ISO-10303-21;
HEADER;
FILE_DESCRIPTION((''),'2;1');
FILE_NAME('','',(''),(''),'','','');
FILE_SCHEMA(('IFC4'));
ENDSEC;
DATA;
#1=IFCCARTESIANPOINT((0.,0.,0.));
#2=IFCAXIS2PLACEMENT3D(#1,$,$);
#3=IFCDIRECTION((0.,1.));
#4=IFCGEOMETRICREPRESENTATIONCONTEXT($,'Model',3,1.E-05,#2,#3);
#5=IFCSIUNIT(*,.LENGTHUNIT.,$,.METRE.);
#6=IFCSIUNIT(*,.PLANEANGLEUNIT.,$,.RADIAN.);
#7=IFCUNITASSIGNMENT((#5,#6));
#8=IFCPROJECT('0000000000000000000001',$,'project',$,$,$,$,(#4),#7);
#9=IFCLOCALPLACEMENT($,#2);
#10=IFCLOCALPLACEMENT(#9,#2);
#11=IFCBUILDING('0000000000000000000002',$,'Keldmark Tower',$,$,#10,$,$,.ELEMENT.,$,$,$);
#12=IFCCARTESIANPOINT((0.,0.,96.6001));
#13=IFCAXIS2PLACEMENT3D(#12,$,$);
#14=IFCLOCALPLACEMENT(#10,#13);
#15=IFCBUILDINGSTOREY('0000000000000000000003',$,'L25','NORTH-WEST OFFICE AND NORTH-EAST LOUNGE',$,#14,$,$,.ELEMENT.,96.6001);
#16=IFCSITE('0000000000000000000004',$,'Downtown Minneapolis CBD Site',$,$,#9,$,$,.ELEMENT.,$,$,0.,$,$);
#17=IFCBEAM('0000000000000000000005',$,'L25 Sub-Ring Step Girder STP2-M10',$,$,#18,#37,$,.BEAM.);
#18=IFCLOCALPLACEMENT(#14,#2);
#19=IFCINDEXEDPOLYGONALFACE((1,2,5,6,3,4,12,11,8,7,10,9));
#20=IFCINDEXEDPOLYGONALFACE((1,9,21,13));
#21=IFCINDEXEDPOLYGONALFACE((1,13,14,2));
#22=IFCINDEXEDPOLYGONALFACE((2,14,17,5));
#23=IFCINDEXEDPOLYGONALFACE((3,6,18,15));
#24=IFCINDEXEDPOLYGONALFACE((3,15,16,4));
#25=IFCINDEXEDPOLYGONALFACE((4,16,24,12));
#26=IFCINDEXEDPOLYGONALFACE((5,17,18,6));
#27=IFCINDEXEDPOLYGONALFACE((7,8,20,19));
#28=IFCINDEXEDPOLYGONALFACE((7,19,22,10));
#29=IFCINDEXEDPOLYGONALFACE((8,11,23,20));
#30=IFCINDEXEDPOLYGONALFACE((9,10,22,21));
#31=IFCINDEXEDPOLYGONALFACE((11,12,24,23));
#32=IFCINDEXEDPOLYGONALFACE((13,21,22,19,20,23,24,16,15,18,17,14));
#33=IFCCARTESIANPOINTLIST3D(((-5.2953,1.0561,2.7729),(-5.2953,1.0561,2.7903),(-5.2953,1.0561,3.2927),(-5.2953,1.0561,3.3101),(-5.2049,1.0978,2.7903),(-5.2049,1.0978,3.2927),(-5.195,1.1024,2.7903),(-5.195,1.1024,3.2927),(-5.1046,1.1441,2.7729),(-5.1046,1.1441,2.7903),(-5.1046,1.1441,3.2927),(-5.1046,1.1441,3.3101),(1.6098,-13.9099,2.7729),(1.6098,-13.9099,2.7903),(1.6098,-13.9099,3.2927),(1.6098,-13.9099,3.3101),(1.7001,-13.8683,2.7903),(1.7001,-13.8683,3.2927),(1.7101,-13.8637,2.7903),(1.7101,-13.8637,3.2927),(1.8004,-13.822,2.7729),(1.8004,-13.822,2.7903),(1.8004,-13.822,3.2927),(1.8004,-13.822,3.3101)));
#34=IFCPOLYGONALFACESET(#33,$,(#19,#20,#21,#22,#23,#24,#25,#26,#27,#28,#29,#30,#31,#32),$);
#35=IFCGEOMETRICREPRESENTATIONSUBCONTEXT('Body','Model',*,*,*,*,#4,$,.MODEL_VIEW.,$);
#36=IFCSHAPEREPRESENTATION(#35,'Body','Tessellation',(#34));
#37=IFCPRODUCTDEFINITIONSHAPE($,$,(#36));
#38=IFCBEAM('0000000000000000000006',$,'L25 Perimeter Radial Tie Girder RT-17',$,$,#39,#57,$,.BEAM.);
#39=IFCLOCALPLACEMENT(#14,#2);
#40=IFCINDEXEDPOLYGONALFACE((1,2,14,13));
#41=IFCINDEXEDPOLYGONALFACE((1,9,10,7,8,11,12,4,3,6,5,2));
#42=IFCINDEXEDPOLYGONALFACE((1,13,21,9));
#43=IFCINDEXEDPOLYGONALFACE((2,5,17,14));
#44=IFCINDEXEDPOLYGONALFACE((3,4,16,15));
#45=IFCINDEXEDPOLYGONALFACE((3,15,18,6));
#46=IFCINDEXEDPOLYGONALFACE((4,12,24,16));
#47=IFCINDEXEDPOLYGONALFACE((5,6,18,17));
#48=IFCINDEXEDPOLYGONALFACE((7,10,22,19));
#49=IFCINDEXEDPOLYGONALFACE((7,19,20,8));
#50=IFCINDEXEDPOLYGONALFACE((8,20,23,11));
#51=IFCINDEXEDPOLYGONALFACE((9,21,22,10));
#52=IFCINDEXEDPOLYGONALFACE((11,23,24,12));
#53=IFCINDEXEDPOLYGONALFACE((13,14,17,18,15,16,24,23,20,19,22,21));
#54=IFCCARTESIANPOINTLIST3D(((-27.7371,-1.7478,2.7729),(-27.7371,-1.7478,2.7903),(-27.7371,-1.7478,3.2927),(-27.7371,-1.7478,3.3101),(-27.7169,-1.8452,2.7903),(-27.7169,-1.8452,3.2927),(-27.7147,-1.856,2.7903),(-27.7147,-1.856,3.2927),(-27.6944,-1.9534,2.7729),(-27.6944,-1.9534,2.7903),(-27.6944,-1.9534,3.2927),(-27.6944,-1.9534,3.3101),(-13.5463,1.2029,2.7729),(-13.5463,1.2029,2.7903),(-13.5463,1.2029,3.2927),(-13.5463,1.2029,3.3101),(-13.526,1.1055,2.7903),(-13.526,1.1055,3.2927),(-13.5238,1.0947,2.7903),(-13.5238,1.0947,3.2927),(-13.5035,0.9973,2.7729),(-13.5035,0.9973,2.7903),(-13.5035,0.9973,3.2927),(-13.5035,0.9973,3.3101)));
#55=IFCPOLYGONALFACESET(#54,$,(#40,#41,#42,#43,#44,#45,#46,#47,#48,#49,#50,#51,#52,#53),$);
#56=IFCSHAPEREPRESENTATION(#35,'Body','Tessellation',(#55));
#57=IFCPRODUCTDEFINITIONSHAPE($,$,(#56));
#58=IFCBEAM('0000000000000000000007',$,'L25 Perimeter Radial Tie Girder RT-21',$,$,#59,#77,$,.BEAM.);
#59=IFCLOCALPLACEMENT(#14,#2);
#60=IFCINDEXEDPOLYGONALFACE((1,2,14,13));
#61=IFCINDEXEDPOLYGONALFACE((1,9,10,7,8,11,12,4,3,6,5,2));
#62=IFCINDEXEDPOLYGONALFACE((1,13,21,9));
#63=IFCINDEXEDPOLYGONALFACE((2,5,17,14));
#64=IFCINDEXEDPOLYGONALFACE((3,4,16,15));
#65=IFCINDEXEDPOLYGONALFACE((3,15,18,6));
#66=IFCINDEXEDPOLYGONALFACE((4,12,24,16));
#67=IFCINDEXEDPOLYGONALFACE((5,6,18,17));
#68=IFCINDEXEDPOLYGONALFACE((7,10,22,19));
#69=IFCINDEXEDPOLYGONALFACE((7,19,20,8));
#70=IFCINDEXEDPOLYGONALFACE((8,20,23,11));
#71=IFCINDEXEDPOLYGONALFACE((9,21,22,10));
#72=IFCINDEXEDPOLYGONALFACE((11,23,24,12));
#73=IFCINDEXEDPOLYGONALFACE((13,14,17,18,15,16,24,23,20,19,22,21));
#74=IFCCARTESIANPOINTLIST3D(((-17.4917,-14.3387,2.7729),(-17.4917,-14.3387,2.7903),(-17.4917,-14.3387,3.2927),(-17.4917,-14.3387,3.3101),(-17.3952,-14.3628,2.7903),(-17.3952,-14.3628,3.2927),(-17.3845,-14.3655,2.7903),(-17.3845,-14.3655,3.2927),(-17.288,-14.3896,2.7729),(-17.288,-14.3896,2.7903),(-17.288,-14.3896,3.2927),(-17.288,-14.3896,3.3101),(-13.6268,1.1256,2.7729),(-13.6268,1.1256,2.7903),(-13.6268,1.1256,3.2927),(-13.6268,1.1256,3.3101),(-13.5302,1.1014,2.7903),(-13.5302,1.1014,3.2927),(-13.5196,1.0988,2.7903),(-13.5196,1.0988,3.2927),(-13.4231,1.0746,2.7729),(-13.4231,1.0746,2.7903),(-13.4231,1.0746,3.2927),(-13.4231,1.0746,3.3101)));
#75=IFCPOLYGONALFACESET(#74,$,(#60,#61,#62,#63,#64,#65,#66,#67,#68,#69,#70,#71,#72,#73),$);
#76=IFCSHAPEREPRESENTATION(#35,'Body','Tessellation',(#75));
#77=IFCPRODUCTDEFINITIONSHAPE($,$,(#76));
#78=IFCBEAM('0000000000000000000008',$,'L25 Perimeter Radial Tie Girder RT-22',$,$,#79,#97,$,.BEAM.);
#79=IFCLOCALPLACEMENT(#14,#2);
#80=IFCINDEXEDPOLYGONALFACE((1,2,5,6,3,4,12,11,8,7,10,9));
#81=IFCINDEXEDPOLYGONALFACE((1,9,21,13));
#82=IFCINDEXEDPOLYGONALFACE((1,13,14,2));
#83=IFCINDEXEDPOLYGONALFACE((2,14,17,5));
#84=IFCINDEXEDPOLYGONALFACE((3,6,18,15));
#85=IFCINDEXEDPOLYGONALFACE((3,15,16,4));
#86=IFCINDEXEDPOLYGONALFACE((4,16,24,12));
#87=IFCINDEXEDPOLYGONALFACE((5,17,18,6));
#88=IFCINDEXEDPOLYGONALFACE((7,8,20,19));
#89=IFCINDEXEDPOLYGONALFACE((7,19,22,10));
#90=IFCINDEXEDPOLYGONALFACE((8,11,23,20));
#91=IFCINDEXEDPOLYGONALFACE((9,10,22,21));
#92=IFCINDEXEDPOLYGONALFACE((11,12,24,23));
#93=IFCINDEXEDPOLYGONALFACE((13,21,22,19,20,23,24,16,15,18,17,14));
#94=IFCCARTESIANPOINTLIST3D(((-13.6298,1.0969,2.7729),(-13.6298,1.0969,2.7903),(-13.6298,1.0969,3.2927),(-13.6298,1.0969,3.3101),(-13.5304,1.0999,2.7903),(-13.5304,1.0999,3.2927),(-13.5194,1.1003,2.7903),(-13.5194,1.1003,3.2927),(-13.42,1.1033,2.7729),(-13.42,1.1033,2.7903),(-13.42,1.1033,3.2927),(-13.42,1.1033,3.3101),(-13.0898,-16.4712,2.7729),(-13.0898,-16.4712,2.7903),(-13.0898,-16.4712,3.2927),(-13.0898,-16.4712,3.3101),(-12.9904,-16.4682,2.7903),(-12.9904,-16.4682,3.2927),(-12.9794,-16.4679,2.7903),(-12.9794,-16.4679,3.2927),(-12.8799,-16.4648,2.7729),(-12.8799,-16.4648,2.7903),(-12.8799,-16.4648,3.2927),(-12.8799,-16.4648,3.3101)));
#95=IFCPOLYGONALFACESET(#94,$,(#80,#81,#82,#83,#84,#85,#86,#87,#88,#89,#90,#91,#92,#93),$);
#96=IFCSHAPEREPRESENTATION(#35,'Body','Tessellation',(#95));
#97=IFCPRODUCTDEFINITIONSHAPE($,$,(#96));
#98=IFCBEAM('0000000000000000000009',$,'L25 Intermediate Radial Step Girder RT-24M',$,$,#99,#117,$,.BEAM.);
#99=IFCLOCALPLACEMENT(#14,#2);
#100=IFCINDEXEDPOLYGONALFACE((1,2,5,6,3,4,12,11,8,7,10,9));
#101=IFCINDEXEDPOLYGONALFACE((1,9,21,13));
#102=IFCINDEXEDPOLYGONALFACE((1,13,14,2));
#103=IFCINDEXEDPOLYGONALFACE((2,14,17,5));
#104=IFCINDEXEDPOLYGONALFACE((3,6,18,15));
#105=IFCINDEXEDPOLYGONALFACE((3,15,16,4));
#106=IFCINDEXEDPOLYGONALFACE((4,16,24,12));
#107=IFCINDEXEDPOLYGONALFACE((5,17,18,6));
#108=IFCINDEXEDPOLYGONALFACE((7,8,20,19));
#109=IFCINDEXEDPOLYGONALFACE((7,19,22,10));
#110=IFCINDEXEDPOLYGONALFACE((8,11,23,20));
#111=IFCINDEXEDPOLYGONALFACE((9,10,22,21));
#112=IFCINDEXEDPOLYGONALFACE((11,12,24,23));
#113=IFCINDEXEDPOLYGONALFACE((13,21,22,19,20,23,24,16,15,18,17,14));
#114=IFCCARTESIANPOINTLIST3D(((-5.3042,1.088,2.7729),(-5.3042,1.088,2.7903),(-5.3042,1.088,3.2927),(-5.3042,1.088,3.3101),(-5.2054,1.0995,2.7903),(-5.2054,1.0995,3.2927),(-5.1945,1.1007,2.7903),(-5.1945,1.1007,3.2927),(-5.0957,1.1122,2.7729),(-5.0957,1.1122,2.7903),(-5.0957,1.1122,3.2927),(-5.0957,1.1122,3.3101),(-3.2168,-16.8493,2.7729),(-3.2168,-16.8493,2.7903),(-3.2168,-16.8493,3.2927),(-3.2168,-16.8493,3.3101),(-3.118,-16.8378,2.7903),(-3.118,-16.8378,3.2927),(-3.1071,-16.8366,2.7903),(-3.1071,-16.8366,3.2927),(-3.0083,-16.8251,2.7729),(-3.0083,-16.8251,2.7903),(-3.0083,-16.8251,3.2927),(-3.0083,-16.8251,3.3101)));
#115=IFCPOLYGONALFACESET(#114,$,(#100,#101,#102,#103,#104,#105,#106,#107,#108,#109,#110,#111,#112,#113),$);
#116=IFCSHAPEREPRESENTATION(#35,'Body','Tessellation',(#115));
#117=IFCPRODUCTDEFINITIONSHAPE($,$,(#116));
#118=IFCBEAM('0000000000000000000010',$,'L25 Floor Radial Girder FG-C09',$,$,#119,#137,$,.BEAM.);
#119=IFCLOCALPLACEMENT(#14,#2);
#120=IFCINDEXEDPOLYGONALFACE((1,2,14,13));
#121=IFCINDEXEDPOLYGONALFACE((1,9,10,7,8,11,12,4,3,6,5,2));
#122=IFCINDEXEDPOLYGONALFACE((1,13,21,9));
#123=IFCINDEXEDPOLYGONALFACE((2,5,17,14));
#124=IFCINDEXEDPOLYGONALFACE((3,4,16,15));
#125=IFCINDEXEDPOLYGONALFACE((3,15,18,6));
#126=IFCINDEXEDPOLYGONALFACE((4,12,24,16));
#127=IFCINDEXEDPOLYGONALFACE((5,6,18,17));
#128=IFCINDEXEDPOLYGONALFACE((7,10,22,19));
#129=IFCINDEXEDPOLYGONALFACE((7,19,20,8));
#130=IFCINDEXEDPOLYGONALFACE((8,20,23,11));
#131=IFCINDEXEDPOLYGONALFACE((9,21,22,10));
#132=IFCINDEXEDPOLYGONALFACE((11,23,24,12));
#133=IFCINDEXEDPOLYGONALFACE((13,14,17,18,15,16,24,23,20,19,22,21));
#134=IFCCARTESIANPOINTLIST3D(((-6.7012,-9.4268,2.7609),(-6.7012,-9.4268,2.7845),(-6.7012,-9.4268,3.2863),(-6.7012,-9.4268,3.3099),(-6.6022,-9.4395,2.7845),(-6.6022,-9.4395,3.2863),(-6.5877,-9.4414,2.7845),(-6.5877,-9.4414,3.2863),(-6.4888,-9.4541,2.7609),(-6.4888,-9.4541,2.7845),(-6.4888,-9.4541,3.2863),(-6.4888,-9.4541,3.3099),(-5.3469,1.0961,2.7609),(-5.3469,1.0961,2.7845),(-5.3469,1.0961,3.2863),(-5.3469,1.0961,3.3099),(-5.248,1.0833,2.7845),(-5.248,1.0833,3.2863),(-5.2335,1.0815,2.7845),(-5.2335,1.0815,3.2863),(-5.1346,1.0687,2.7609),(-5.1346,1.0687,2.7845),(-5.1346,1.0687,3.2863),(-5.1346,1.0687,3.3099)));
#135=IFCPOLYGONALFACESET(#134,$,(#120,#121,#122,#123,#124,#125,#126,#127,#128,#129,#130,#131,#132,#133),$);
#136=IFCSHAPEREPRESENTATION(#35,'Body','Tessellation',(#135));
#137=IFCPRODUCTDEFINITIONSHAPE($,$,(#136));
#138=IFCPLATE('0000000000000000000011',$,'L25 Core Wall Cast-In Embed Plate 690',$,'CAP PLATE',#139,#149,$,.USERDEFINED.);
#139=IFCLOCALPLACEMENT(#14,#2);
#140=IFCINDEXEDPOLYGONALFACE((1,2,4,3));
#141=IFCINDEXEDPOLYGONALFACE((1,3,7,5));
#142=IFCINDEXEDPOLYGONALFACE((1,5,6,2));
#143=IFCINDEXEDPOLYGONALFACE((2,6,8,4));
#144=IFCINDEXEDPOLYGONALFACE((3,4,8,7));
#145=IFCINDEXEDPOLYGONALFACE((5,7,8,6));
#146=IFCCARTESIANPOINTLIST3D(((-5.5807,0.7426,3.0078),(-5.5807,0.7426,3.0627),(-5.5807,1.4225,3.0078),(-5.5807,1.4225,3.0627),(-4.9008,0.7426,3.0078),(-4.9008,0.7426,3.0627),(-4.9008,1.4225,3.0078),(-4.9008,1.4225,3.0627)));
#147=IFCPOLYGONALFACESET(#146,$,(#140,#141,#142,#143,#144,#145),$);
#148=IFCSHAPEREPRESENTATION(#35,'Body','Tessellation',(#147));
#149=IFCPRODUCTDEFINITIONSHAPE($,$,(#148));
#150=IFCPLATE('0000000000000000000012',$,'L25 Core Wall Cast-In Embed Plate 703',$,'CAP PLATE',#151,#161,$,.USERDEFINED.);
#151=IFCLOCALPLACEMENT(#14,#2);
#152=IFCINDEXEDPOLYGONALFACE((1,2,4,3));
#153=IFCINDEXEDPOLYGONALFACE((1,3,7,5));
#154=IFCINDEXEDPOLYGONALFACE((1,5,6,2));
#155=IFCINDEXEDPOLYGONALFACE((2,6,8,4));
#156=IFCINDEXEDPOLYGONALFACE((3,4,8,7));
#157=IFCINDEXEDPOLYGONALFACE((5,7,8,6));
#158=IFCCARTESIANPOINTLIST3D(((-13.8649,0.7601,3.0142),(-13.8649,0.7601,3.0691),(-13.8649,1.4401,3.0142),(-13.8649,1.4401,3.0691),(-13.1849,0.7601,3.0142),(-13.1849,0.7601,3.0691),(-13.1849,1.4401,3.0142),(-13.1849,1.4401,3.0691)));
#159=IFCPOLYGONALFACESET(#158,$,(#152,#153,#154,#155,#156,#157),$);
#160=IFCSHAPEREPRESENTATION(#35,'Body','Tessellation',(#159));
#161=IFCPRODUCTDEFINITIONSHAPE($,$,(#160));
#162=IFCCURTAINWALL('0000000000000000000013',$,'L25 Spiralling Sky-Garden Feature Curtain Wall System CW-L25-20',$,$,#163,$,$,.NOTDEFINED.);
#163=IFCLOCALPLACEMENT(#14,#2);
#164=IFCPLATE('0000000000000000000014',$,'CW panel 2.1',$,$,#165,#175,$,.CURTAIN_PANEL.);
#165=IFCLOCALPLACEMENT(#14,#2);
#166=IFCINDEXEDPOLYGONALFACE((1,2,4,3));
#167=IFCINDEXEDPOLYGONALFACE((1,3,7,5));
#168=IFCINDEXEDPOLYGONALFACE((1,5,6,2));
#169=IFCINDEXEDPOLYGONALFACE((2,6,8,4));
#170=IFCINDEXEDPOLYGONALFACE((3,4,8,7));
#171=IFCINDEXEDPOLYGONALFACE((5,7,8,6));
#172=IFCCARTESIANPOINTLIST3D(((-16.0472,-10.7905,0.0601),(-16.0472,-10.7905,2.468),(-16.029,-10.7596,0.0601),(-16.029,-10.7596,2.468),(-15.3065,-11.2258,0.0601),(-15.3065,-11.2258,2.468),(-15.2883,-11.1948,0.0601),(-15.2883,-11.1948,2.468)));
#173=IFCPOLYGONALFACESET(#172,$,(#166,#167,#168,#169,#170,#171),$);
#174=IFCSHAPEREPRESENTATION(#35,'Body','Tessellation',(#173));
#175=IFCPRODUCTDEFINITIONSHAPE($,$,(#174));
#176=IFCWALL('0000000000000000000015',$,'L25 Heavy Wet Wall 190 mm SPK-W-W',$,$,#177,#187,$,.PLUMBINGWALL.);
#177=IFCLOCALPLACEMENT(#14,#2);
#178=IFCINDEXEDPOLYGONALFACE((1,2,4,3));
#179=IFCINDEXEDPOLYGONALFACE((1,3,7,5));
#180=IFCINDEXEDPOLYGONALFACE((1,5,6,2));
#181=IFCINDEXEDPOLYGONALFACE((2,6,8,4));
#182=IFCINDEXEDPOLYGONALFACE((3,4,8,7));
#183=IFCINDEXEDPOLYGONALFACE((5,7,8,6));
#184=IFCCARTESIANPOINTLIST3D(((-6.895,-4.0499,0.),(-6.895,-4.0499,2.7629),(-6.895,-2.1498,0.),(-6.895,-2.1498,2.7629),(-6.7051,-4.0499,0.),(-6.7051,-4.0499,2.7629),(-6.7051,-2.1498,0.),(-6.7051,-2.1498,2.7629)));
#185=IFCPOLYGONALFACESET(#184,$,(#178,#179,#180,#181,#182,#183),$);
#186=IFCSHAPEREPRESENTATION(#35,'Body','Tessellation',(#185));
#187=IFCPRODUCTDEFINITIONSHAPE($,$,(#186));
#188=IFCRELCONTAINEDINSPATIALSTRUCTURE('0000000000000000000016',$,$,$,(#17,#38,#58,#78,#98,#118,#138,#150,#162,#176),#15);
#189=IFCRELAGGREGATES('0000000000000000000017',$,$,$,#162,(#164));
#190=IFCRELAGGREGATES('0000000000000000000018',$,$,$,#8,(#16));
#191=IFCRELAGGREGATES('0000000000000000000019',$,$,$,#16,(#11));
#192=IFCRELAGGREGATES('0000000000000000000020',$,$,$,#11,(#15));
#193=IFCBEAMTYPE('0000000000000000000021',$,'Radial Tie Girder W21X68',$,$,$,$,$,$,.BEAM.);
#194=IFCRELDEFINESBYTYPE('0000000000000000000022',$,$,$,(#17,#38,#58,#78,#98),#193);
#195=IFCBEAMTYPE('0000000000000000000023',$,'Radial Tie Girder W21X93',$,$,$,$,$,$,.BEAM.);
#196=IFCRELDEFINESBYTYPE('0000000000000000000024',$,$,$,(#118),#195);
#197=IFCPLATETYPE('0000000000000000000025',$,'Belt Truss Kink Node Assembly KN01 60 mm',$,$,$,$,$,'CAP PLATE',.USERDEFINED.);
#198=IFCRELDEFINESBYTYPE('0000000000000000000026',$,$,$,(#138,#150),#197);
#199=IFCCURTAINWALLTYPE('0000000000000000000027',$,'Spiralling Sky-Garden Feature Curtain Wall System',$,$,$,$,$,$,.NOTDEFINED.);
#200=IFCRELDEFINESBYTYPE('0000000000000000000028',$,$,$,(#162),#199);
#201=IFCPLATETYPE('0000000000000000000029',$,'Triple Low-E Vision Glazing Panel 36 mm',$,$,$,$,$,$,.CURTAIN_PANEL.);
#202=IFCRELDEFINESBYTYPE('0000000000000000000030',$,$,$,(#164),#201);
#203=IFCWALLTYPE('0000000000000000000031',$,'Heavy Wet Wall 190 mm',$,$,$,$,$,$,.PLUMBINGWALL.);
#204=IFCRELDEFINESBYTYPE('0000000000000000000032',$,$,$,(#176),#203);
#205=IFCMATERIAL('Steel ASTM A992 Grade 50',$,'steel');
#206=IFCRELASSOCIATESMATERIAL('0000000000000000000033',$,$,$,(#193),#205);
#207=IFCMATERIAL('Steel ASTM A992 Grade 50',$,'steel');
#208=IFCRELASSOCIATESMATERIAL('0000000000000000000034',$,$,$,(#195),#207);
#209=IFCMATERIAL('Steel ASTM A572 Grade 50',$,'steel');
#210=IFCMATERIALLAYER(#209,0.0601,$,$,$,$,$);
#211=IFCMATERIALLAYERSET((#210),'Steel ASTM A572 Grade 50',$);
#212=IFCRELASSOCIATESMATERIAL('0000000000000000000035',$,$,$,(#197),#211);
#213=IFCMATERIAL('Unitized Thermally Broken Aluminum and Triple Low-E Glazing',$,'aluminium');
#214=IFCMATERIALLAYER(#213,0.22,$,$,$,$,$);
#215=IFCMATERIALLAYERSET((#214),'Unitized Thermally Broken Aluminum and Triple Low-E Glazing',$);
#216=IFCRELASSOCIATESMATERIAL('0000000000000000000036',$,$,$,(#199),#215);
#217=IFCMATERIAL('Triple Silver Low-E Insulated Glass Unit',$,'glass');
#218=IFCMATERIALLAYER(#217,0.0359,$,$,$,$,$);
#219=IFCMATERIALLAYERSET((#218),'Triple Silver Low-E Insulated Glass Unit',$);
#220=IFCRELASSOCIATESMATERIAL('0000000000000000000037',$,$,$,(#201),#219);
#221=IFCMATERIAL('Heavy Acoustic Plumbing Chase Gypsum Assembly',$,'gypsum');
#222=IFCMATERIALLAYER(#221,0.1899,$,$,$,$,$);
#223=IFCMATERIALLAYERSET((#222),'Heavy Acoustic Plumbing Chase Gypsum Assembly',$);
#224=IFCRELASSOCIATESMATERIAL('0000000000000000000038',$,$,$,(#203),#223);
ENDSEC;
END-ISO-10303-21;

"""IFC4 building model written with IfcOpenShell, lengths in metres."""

from ifc_helpers import new_model, si_unit, direction, frame, frame_2d, origin, origin_2d, place, context, subcontext, project, spatial, rectangle, i_section, extrude, material, layer, layer_set, material_profile, profile_set, type_object, element, aggregate, save


model = new_model("IFC4")

# Units and contexts
model_context = context("Model", 3, precision=1e-05, world=origin(), true_north=direction((0.0, 1.0)))
body_context = subcontext(model_context, "Body", "Model", "MODEL_VIEW")
ifc_project = project(units=[si_unit("LENGTHUNIT", "METRE"), si_unit("PLANEANGLEUNIT", "RADIAN")], contexts=[model_context])

# Site, building, storey
site_placement = place(None, origin())
site = spatial("IfcSite", under=ifc_project, at=site_placement, Name="Downtown Minneapolis CBD Site", CompositionType="ELEMENT", RefElevation=0.0)
building_placement = place(site_placement, origin())
building = spatial("IfcBuilding", under=site, at=building_placement, Name="Keldmark Tower", CompositionType="ELEMENT")
storey_placement = place(building_placement, frame((0.0, 0.0, 96.6001)))
storey = spatial("IfcBuildingStorey", under=building, at=storey_placement, Name="L25", Description="NORTH-WEST OFFICE AND NORTH-EAST LOUNGE", CompositionType="ELEMENT", Elevation=96.6001)

# Beams
ifc_material_1 = material(Name="Steel ASTM A992 Grade 50", Category="steel")
ifc_material_profile_1 = material_profile(ifc_material_1, i_section(OverallWidth=0.21, OverallDepth=0.5371, WebThickness=0.011, FlangeThickness=0.0173, at=origin_2d()), Name="W21X68")
ifc_profile_set_1 = profile_set([ifc_material_profile_1], Name="Steel ASTM A992 Grade 50")
beam_type_1 = type_object("IfcBeamType", Name="Radial Tie Girder W21X68", PredefinedType="BEAM", material=ifc_profile_set_1)
beam_1_placement = place(storey_placement, frame((-5.2, 1.1001, 3.0415), z_axis=(0.418939, -0.908014, 0.0), x_axis=(0.908014, 0.418939, 0.0)))
element("IfcBeam", 1, at=beam_1_placement, inside=storey, type_object=beam_type_1, Name="L25 Sub-Ring Step Girder STP2-M10", PredefinedType="BEAM", context=body_context, shape_type="SweptSolid", body=[
    extrude(i_section(OverallWidth=0.21, OverallDepth=0.5371, WebThickness=0.011, FlangeThickness=0.0173, at=origin_2d()), origin(), (0.0, 0.0, 1.0), 16.4822),
])
beam_2_placement = place(storey_placement, frame((-13.5249, 1.1001, 3.0415), z_axis=(-0.97906, -0.203574, 0.0), x_axis=(0.203574, -0.97906, 0.0)))
element("IfcBeam", 2, at=beam_2_placement, inside=storey, type_object=beam_type_1, Name="L25 Perimeter Radial Tie Girder RT-17", PredefinedType="BEAM", context=body_context, shape_type="SweptSolid", body=[
    extrude(i_section(OverallWidth=0.21, OverallDepth=0.5371, WebThickness=0.011, FlangeThickness=0.0173, at=origin_2d()), origin(), (0.0, 0.0, 1.0), 14.4944),
])
beam_3_placement = place(storey_placement, frame((-13.5249, 1.1001, 3.0415), z_axis=(-0.242471, -0.970159, 0.0), x_axis=(0.970159, -0.242471, 0.0)))
element("IfcBeam", 3, at=beam_3_placement, inside=storey, type_object=beam_type_1, Name="L25 Perimeter Radial Tie Girder RT-21", PredefinedType="BEAM", context=body_context, shape_type="SweptSolid", body=[
    extrude(i_section(OverallWidth=0.21, OverallDepth=0.5371, WebThickness=0.011, FlangeThickness=0.0173, at=origin_2d()), origin(), (0.0, 0.0, 1.0), 15.9399),
])
beam_4_placement = place(storey_placement, frame((-13.5249, 1.1001, 3.0415), z_axis=(0.030725, -0.999528, 0.0), x_axis=(0.999528, 0.030725, 0.0)))
element("IfcBeam", 4, at=beam_4_placement, inside=storey, type_object=beam_type_1, Name="L25 Perimeter Radial Tie Girder RT-22", PredefinedType="BEAM", context=body_context, shape_type="SweptSolid", body=[
    extrude(i_section(OverallWidth=0.21, OverallDepth=0.5371, WebThickness=0.011, FlangeThickness=0.0173, at=origin_2d()), origin(), (0.0, 0.0, 1.0), 17.5764),
])
beam_5_placement = place(storey_placement, frame((-5.2, 1.1001, 3.0415), z_axis=(0.115592, -0.993297, 0.0), x_axis=(0.993297, 0.115592, 0.0)))
element("IfcBeam", 5, at=beam_5_placement, inside=storey, type_object=beam_type_1, Name="L25 Intermediate Radial Step Girder RT-24M", PredefinedType="BEAM", context=body_context, shape_type="SweptSolid", body=[
    extrude(i_section(OverallWidth=0.21, OverallDepth=0.5371, WebThickness=0.011, FlangeThickness=0.0173, at=origin_2d()), origin(), (0.0, 0.0, 1.0), 18.0583),
])
ifc_material_2 = material(Name="Steel ASTM A992 Grade 50", Category="steel")
ifc_material_profile_2 = material_profile(ifc_material_2, i_section(OverallWidth=0.2141, OverallDepth=0.5491, WebThickness=0.0146, FlangeThickness=0.0237, at=origin_2d()), Name="W21X93")
ifc_profile_set_2 = profile_set([ifc_material_profile_2], Name="Steel ASTM A992 Grade 50")
beam_type_2 = type_object("IfcBeamType", Name="Radial Tie Girder W21X93", PredefinedType="BEAM", material=ifc_profile_set_2)
beam_6_placement = place(storey_placement, frame((-6.595, -9.4404, 3.0354), z_axis=(0.127642, 0.99182, 0.0), x_axis=(-0.99182, 0.127642, 0.0)))
element("IfcBeam", 6, at=beam_6_placement, inside=storey, type_object=beam_type_2, Name="L25 Floor Radial Girder FG-C09", PredefinedType="BEAM", context=body_context, shape_type="SweptSolid", body=[
    extrude(i_section(OverallWidth=0.2141, OverallDepth=0.5491, WebThickness=0.0146, FlangeThickness=0.0237, at=origin_2d()), origin(), (0.0, 0.0, 1.0), 10.6096),
])

# Plates
ifc_material_3 = material(Name="Steel ASTM A572 Grade 50", Category="steel")
ifc_layer_1 = layer(ifc_material_3, 0.0601)
ifc_layer_set_1 = layer_set([ifc_layer_1], Name="Steel ASTM A572 Grade 50")
plate_type_1 = type_object("IfcPlateType", Name="Belt Truss Kink Node Assembly KN01 60 mm", ElementType="CAP PLATE", PredefinedType="USERDEFINED", material=ifc_layer_set_1)
for number, where, z_axis, x_axis, name in (
    (7, (-5.2407, 1.0825, 3.0078), (0.0, 0.0, 1.0), (1.0, 0.0, 0.0), "L25 Core Wall Cast-In Embed Plate 690"),
    (8, (-13.5249, 1.1001, 3.0142), (0.0, 0.0, 1.0), (1.0, 0.0, 0.0), "L25 Core Wall Cast-In Embed Plate 703"),
):
    element("IfcPlate", number, at=place(storey_placement, frame(where, z_axis=z_axis, x_axis=x_axis)), inside=storey, type_object=plate_type_1, Name=name, ObjectType="CAP PLATE", PredefinedType="USERDEFINED", context=body_context, shape_type="SweptSolid", body=[
        extrude(rectangle(XDim=0.6799, YDim=0.6799, at=origin_2d()), origin(), (0.0, 0.0, 1.0), 0.0549),
    ])

# Curtain wall, plate
ifc_material_4 = material(Name="Unitized Thermally Broken Aluminum and Triple Low-E Glazing", Category="aluminium")
ifc_layer_2 = layer(ifc_material_4, 0.22)
ifc_layer_set_2 = layer_set([ifc_layer_2], Name="Unitized Thermally Broken Aluminum and Triple Low-E Glazing")
curtain_wall_type = type_object("IfcCurtainWallType", Name="Spiralling Sky-Garden Feature Curtain Wall System", PredefinedType="NOTDEFINED", material=ifc_layer_set_2)
curtain_wall_placement = place(storey_placement, origin())
curtain_wall = element("IfcCurtainWall", 9, at=curtain_wall_placement, inside=storey, type_object=curtain_wall_type, Name="L25 Spiralling Sky-Garden Feature Curtain Wall System CW-L25-20", PredefinedType="NOTDEFINED")
ifc_material_5 = material(Name="Triple Silver Low-E Insulated Glass Unit", Category="glass")
ifc_layer_3 = layer(ifc_material_5, 0.0359)
ifc_layer_set_3 = layer_set([ifc_layer_3], Name="Triple Silver Low-E Insulated Glass Unit")
plate_type_2 = type_object("IfcPlateType", Name="Triple Low-E Vision Glazing Panel 36 mm", PredefinedType="CURTAIN_PANEL", material=ifc_layer_set_3)
plate_placement = place(storey_placement, frame((-15.6677, -10.9927, 0.0601), z_axis=(0.0, 0.0, 1.0), x_axis=(-0.862145, 0.506662, 0.0)))
plate = element("IfcPlate", 10, at=plate_placement, type_object=plate_type_2, Name="CW panel 2.1", PredefinedType="CURTAIN_PANEL", context=body_context, shape_type="SweptSolid", body=[
    extrude(rectangle(XDim=0.8591, YDim=0.0359, at=origin_2d()), origin(), (0.0, 0.0, 1.0), 2.408),
])
aggregate(curtain_wall, [plate])

# Shared definitions
ifc_material_6 = material(Name="Heavy Acoustic Plumbing Chase Gypsum Assembly", Category="gypsum")
ifc_layer_4 = layer(ifc_material_6, 0.1899)
ifc_layer_set_4 = layer_set([ifc_layer_4], Name="Heavy Acoustic Plumbing Chase Gypsum Assembly")
wall_type_1 = type_object("IfcWallType", Name="Heavy Wet Wall 190 mm", PredefinedType="PLUMBINGWALL", material=ifc_layer_set_4)

# Wall
wall_1_placement = place(storey_placement, frame((-6.8, -4.05, 0.0), z_axis=(0.0, 0.0, 1.0), x_axis=(0.0, 1.0, 0.0)))
element("IfcWall", 11, at=wall_1_placement, inside=storey, type_object=wall_type_1, Name="L25 Heavy Wet Wall 190 mm SPK-W-W", PredefinedType="PLUMBINGWALL", context=body_context, shape_type="SweptSolid", body=[
    extrude(rectangle(XDim=1.9001, YDim=0.1899, at=frame_2d((0.9502, 0.0))), origin(), (0.0, 0.0, 1.0), 2.7629),
])

save(model, "model.ifc")
